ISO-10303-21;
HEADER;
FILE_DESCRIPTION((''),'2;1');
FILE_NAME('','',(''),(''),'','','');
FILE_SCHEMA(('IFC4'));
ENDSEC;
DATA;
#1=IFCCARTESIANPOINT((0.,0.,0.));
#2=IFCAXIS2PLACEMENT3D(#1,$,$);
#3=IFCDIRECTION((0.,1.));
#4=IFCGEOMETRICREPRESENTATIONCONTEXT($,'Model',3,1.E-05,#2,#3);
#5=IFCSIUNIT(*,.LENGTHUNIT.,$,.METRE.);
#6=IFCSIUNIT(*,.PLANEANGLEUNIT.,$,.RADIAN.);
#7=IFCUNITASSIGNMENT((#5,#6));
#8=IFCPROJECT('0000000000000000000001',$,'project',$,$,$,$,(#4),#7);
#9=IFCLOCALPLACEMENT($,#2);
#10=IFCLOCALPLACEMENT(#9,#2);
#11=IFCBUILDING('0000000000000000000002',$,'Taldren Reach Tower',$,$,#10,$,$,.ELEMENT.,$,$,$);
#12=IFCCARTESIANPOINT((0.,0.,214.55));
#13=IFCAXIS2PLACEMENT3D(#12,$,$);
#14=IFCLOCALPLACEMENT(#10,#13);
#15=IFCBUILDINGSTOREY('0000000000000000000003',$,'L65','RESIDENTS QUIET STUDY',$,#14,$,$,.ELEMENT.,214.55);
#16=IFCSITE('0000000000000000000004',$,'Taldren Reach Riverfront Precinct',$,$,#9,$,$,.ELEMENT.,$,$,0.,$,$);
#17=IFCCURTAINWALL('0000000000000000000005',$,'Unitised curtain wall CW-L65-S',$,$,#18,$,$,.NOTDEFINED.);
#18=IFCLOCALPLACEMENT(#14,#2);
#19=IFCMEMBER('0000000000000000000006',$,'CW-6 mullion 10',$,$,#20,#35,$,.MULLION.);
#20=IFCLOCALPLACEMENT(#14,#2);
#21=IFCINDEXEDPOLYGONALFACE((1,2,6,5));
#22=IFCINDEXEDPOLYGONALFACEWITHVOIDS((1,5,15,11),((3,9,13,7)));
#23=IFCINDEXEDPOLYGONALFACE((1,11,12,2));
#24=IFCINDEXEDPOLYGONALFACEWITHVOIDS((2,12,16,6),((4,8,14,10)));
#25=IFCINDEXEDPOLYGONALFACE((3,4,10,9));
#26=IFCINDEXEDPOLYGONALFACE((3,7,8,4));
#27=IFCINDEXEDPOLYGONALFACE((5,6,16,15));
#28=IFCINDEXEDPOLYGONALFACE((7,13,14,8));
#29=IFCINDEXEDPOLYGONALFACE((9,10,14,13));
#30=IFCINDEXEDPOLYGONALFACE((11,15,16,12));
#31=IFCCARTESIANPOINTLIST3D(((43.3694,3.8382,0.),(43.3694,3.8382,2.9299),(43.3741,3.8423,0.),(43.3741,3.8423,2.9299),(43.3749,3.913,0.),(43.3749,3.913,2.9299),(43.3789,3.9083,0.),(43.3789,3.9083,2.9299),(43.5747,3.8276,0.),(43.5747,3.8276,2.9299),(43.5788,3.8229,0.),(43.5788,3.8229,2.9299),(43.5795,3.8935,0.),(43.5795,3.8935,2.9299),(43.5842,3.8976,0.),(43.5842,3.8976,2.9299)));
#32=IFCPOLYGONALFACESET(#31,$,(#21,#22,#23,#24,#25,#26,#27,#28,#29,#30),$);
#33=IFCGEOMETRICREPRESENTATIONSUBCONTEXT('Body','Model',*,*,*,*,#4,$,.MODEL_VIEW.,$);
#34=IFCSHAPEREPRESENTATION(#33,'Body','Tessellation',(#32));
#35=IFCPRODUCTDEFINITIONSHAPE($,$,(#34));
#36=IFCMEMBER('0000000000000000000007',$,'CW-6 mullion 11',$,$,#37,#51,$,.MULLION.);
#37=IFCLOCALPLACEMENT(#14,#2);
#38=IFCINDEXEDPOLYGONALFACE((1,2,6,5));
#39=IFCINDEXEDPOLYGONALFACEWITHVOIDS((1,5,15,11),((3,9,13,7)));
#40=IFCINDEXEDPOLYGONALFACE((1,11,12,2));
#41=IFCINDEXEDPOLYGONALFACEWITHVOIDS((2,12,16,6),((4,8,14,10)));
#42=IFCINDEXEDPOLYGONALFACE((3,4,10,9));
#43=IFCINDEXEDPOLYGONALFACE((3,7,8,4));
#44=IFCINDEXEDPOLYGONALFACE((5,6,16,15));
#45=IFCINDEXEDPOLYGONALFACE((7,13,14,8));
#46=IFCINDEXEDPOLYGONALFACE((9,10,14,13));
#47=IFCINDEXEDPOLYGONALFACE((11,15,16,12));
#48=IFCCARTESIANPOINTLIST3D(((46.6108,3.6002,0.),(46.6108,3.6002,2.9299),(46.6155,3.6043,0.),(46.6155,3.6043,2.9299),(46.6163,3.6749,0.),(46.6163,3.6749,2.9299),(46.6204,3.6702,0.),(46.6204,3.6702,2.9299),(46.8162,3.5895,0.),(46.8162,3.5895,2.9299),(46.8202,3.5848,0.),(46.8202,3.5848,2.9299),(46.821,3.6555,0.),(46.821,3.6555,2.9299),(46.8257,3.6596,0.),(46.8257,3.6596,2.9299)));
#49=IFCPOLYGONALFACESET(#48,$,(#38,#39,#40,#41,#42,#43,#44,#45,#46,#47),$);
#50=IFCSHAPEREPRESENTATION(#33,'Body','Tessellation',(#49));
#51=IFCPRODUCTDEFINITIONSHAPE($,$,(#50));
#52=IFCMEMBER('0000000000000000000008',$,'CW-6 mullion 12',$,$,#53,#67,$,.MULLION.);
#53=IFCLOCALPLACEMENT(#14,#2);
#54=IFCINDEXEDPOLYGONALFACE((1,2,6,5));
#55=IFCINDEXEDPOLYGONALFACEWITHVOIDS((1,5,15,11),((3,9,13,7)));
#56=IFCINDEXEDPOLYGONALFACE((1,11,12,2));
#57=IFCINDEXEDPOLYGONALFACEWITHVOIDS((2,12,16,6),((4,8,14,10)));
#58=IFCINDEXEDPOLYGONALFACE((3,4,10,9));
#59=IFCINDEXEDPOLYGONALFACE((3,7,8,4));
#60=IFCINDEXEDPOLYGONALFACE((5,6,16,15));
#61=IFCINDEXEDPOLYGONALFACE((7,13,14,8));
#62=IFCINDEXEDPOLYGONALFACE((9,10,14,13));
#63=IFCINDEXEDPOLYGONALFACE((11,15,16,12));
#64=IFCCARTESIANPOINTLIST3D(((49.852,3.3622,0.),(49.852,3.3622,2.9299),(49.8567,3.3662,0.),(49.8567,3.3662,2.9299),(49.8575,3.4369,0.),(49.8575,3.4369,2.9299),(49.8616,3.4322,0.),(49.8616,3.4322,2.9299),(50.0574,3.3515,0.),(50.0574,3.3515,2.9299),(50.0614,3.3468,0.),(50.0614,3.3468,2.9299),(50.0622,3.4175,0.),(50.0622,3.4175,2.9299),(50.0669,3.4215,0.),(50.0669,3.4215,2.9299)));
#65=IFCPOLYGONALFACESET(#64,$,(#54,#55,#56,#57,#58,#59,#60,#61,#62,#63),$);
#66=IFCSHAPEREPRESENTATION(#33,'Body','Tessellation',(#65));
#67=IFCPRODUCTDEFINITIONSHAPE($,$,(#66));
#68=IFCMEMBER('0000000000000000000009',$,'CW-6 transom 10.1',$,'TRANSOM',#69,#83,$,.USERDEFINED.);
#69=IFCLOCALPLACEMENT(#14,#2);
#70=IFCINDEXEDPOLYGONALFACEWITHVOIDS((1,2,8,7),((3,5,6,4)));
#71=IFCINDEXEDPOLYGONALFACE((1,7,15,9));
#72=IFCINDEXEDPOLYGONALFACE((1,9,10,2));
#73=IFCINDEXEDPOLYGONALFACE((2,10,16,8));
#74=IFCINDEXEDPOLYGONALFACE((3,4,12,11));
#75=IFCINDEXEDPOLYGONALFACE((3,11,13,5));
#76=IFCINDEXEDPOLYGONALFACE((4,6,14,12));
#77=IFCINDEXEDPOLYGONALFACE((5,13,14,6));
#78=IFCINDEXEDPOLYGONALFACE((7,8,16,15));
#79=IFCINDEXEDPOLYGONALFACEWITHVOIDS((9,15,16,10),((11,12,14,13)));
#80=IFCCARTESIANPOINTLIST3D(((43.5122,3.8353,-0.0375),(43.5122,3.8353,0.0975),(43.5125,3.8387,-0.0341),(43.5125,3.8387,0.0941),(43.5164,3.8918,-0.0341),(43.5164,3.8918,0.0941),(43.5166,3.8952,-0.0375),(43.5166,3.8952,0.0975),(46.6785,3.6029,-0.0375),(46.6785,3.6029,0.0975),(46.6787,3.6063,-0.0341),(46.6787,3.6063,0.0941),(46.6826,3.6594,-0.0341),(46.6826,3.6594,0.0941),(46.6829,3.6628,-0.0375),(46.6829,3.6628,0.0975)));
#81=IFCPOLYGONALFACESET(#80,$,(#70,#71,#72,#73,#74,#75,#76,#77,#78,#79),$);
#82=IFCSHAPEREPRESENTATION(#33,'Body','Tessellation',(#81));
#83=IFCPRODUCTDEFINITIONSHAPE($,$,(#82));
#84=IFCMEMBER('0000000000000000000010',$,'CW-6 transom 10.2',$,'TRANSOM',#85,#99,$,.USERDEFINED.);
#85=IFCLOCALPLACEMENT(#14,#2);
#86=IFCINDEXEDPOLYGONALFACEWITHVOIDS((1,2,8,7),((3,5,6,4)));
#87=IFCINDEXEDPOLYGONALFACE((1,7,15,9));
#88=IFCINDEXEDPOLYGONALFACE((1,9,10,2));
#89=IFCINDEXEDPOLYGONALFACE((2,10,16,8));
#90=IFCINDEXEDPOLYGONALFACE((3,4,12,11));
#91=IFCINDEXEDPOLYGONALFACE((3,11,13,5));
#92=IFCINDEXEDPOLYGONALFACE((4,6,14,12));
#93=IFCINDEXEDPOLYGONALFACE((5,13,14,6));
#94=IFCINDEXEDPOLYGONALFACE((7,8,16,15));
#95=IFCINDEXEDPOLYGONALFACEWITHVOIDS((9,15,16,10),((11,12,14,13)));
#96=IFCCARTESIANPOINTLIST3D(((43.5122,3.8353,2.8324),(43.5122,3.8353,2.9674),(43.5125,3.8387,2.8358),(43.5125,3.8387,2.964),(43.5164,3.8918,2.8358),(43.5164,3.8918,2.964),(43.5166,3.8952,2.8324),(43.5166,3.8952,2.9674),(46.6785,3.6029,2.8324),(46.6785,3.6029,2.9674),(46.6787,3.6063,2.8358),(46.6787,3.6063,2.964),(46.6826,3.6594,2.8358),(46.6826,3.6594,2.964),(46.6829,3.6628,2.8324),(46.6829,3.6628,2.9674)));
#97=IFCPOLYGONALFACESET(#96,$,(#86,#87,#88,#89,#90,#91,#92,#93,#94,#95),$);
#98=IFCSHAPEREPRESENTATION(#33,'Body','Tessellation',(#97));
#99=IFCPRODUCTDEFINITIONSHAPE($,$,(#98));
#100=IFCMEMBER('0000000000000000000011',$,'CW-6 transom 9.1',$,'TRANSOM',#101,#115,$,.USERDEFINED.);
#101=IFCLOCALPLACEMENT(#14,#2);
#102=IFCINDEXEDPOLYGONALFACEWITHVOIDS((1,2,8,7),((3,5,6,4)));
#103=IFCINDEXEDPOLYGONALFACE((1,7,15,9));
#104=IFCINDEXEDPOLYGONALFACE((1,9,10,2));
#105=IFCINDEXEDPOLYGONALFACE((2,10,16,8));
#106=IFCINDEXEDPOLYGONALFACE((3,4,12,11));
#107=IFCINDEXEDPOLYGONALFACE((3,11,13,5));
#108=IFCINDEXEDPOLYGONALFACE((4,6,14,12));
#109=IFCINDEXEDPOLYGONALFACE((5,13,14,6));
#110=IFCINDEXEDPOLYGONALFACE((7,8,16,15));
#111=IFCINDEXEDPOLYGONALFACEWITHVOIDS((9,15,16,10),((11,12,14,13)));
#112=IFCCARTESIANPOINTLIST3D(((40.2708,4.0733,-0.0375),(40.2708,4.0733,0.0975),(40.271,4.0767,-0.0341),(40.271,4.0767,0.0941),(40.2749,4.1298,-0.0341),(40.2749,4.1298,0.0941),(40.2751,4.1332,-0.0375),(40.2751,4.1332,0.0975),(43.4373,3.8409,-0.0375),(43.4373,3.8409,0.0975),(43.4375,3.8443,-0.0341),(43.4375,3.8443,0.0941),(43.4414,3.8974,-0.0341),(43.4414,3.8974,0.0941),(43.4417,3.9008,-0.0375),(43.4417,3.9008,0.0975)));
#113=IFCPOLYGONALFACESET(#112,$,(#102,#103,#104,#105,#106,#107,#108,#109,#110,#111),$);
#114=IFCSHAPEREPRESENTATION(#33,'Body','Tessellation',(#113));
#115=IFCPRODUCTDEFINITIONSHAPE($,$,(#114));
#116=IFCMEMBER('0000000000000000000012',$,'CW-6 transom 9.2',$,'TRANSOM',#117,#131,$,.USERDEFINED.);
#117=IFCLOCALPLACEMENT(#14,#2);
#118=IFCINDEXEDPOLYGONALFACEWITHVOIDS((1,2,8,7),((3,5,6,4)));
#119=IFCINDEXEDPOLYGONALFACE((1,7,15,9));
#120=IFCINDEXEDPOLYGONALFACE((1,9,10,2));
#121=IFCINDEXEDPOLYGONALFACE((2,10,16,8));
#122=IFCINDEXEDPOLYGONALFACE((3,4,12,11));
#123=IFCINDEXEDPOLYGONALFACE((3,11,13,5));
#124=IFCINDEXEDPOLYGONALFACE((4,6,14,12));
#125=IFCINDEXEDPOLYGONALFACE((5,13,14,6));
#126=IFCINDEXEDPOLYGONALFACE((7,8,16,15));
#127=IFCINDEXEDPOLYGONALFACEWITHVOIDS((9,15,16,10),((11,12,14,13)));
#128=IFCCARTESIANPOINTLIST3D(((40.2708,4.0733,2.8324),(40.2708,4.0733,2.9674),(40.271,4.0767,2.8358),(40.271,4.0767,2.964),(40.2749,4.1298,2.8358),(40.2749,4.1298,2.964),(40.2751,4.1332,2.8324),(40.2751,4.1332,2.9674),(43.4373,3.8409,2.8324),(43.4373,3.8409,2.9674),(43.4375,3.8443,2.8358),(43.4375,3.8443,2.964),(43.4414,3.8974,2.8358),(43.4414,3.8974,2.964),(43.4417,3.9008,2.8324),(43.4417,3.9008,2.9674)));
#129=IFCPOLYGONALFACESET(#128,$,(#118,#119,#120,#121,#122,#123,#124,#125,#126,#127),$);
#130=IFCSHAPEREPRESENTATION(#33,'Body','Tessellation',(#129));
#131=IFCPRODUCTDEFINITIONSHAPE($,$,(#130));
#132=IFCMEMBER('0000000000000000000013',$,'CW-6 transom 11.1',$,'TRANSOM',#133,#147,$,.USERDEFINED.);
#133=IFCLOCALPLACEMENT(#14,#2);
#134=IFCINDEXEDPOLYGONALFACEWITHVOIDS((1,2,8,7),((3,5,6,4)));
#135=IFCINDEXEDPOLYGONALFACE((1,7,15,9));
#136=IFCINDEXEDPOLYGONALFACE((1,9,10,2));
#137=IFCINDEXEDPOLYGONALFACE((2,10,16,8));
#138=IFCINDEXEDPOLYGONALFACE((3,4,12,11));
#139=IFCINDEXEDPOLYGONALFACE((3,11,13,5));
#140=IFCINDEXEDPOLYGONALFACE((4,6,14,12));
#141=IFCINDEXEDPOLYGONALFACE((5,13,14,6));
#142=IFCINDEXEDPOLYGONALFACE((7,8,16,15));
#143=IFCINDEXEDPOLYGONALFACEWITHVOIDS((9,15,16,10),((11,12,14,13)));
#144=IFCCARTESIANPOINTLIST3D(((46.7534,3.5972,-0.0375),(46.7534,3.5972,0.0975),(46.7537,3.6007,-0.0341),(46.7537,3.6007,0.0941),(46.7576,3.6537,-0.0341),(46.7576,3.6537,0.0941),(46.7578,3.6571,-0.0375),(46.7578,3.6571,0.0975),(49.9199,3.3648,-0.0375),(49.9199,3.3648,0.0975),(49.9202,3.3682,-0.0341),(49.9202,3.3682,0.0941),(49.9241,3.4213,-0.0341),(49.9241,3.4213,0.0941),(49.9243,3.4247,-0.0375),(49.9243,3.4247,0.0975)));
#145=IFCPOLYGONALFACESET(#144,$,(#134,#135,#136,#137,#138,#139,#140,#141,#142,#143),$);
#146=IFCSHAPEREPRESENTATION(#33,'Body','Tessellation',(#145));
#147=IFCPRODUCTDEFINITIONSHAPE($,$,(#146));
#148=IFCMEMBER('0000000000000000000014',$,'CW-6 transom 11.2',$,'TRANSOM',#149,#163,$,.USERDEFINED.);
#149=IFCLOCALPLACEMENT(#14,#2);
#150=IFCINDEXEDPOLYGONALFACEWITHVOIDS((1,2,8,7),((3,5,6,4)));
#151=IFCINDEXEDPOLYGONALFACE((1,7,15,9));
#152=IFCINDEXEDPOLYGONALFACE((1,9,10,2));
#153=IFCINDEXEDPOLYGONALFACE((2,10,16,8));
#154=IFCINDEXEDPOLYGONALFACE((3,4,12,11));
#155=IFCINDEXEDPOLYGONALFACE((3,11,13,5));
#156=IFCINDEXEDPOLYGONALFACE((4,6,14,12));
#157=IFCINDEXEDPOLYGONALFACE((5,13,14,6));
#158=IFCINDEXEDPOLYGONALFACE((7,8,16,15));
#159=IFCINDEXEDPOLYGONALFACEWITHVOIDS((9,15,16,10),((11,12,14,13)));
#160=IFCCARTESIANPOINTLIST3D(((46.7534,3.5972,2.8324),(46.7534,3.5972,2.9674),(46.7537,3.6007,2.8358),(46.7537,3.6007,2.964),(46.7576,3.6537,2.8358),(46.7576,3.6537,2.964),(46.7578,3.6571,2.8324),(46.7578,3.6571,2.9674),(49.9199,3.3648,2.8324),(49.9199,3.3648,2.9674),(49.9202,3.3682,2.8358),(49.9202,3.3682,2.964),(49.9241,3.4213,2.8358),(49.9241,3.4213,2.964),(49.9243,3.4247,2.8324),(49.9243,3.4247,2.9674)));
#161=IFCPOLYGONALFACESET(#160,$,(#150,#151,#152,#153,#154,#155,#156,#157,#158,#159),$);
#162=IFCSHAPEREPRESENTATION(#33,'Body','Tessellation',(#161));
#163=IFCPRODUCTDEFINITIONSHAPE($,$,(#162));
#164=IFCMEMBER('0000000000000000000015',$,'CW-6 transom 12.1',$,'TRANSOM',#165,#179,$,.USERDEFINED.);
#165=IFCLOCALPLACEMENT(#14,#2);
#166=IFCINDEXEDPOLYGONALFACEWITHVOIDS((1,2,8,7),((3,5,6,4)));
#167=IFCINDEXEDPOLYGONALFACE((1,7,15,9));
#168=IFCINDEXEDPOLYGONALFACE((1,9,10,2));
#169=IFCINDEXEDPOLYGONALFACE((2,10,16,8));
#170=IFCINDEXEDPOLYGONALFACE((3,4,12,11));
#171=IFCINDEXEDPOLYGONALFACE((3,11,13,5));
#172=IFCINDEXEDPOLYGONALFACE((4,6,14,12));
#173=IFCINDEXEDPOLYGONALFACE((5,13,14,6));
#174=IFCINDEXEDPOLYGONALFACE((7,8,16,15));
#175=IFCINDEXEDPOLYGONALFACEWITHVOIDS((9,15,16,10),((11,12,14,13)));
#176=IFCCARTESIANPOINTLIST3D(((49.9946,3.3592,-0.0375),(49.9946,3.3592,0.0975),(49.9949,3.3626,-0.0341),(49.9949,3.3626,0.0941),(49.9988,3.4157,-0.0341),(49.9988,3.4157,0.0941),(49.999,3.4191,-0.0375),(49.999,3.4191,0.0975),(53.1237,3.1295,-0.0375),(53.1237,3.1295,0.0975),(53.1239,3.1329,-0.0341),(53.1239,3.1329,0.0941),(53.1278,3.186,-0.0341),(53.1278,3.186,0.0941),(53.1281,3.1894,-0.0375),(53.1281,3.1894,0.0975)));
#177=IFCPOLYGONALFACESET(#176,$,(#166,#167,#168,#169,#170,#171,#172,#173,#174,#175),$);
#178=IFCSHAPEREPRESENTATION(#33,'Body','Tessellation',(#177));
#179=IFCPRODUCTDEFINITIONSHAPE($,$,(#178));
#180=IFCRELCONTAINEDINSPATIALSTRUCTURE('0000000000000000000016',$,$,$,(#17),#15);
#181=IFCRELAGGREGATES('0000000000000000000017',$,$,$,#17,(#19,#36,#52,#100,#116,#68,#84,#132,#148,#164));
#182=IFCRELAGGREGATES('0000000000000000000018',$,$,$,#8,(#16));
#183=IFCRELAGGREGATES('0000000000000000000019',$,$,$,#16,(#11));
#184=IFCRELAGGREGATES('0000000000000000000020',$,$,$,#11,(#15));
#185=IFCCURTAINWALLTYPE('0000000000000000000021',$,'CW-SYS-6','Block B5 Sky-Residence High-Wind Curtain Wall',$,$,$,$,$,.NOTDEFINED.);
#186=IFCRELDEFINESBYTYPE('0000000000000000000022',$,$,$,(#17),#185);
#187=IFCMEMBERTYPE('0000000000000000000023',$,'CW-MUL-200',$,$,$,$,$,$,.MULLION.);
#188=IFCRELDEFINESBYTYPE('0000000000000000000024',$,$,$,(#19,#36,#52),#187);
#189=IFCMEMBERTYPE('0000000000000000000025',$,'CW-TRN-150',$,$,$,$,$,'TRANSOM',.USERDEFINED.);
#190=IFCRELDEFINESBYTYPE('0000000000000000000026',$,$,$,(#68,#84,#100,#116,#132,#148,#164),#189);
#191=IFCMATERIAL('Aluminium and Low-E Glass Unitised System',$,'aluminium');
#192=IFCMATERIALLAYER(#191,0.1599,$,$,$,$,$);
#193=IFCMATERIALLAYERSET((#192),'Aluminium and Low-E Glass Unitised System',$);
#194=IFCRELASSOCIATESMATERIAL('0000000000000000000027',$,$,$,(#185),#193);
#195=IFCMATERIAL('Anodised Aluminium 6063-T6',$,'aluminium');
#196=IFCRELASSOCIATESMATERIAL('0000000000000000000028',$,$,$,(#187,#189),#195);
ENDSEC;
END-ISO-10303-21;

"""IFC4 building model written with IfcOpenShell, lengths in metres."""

from ifc_helpers import new_model, si_unit, direction, frame, origin, origin_2d, place, context, subcontext, project, spatial, hollow_rectangle, extrude, source, transform, mapped, material, layer, layer_set, material_profile, profile_set, type_object, element, aggregate, save


model = new_model("IFC4")

# Units and contexts
model_context = context("Model", 3, precision=1e-05, world=origin(), true_north=direction((0.0, 1.0)))
body_context = subcontext(model_context, "Body", "Model", "MODEL_VIEW")
ifc_project = project(units=[si_unit("LENGTHUNIT", "METRE"), si_unit("PLANEANGLEUNIT", "RADIAN")], contexts=[model_context])

# Site, building, storey
site_placement = place(None, origin())
site = spatial("IfcSite", under=ifc_project, at=site_placement, Name="Taldren Reach Riverfront Precinct", CompositionType="ELEMENT", RefElevation=0.0)
building_placement = place(site_placement, origin())
building = spatial("IfcBuilding", under=site, at=building_placement, Name="Taldren Reach Tower", CompositionType="ELEMENT")
storey_placement = place(building_placement, frame((0.0, 0.0, 214.55)))
storey = spatial("IfcBuildingStorey", under=building, at=storey_placement, Name="L65", Description="RESIDENTS QUIET STUDY", CompositionType="ELEMENT", Elevation=214.55)

# Curtain wall, members
ifc_material_1 = material(Name="Aluminium and Low-E Glass Unitised System", Category="aluminium")
ifc_layer_1 = layer(ifc_material_1, 0.1599)
ifc_layer_set_1 = layer_set([ifc_layer_1], Name="Aluminium and Low-E Glass Unitised System")
curtain_wall_type = type_object("IfcCurtainWallType", Name="CW-SYS-6", Description="Block B5 Sky-Residence High-Wind Curtain Wall", PredefinedType="NOTDEFINED", material=ifc_layer_set_1)
curtain_wall_placement = place(storey_placement, origin())
curtain_wall = element("IfcCurtainWall", 1, at=curtain_wall_placement, inside=storey, type_object=curtain_wall_type, Name="Unitised curtain wall CW-L65-S", PredefinedType="NOTDEFINED")
ifc_material_2 = material(Name="Anodised Aluminium 6063-T6", Category="aluminium")
ifc_material_profile_1 = material_profile(ifc_material_2, hollow_rectangle(XDim=0.075, YDim=0.21, WallThickness=0.0044, at=origin_2d()), Name="ALU-210x75x4.5RHS")
ifc_profile_set_1 = profile_set([ifc_material_profile_1], Name="Anodised Aluminium 6063-T6")
member_type_1 = type_object("IfcMemberType", Name="CW-MUL-200", PredefinedType="MULLION", material=ifc_profile_set_1)
shared_shape_1 = source(origin(), body_context, "Body", "SweptSolid", [
    extrude(hollow_rectangle(XDim=0.075, YDim=0.21, WallThickness=0.0044, at=origin_2d()), origin(), (0.0, 0.0, 1.0), 2.9299),
])
member_1_placement = place(storey_placement, frame((43.4768, 3.8679, 0.0), z_axis=(0.0, 0.0, 1.0), x_axis=(0.073238, 0.997314, 0.0)))
member_1 = element("IfcMember", 2, at=member_1_placement, type_object=member_type_1, Name="CW-6 mullion 10", PredefinedType="MULLION", context=body_context, shape_type="MappedRepresentation", body=[
    mapped(shared_shape_1, transform((0.0, 0.0, 0.0), scale=1.0)),
])
member_2_placement = place(storey_placement, frame((46.7183, 3.6299, 0.0), z_axis=(0.0, 0.0, 1.0), x_axis=(0.073238, 0.997314, 0.0)))
member_2 = element("IfcMember", 3, at=member_2_placement, type_object=member_type_1, Name="CW-6 mullion 11", PredefinedType="MULLION", context=body_context, shape_type="MappedRepresentation", body=[
    mapped(shared_shape_1, transform((0.0, 0.0, 0.0), scale=1.0)),
])
member_3_placement = place(storey_placement, frame((49.9595, 3.3918, 0.0), z_axis=(0.0, 0.0, 1.0), x_axis=(0.073238, 0.997314, 0.0)))
member_3 = element("IfcMember", 4, at=member_3_placement, type_object=member_type_1, Name="CW-6 mullion 12", PredefinedType="MULLION", context=body_context, shape_type="MappedRepresentation", body=[
    mapped(shared_shape_1, transform((0.0, 0.0, 0.0), scale=1.0)),
])
ifc_material_profile_2 = material_profile(ifc_material_2, hollow_rectangle(XDim=0.0601, YDim=0.135, WallThickness=0.0034, at=origin_2d()), Name="ALU-135x60x3.5RHS")
ifc_profile_set_2 = profile_set([ifc_material_profile_2], Name="Anodised Aluminium 6063-T6")
member_type_2 = type_object("IfcMemberType", Name="CW-TRN-150", ElementType="TRANSOM", PredefinedType="USERDEFINED", material=ifc_profile_set_2)
shared_shape_2 = source(origin(), body_context, "Body", "SweptSolid", [
    extrude(hollow_rectangle(XDim=0.0601, YDim=0.135, WallThickness=0.0034, at=origin_2d()), origin(), (0.0, 0.0, 1.0), 3.1748),
])
member_4_placement = place(storey_placement, frame((43.5144, 3.8652, 0.03), z_axis=(0.997317, -0.073209, 0.0), x_axis=(0.073209, 0.997317, 0.0)))
member_4 = element("IfcMember", 5, at=member_4_placement, type_object=member_type_2, Name="CW-6 transom 10.1", ObjectType="TRANSOM", PredefinedType="USERDEFINED", context=body_context, shape_type="MappedRepresentation", body=[
    mapped(shared_shape_2, transform((0.0, 0.0, 0.0), scale=1.0)),
])
member_5_placement = place(storey_placement, frame((43.5144, 3.8652, 2.8999), z_axis=(0.997317, -0.073209, 0.0), x_axis=(0.073209, 0.997317, 0.0)))
member_5 = element("IfcMember", 6, at=member_5_placement, type_object=member_type_2, Name="CW-6 transom 10.2", ObjectType="TRANSOM", PredefinedType="USERDEFINED", context=body_context, shape_type="MappedRepresentation", body=[
    mapped(shared_shape_2, transform((0.0, 0.0, 0.0), scale=1.0)),
])
shared_shape_3 = source(origin(), body_context, "Body", "SweptSolid", [
    extrude(hollow_rectangle(XDim=0.0601, YDim=0.135, WallThickness=0.0034, at=origin_2d()), origin(), (0.0, 0.0, 1.0), 3.175),
])
member_6_placement = place(storey_placement, frame((40.2729, 4.1033, 0.03), z_axis=(0.997317, -0.073203, 0.0), x_axis=(0.073203, 0.997317, 0.0)))
member_6 = element("IfcMember", 7, at=member_6_placement, type_object=member_type_2, Name="CW-6 transom 9.1", ObjectType="TRANSOM", PredefinedType="USERDEFINED", context=body_context, shape_type="MappedRepresentation", body=[
    mapped(shared_shape_3, transform((0.0, 0.0, 0.0), scale=1.0)),
])
member_7_placement = place(storey_placement, frame((40.2729, 4.1033, 2.8999), z_axis=(0.997317, -0.073203, 0.0), x_axis=(0.073203, 0.997317, 0.0)))
member_7 = element("IfcMember", 8, at=member_7_placement, type_object=member_type_2, Name="CW-6 transom 9.2", ObjectType="TRANSOM", PredefinedType="USERDEFINED", context=body_context, shape_type="MappedRepresentation", body=[
    mapped(shared_shape_3, transform((0.0, 0.0, 0.0), scale=1.0)),
])
member_8_placement = place(storey_placement, frame((46.7556, 3.6272, 0.03), z_axis=(0.997317, -0.073203, 0.0), x_axis=(0.073203, 0.997317, 0.0)))
member_8 = element("IfcMember", 9, at=member_8_placement, type_object=member_type_2, Name="CW-6 transom 11.1", ObjectType="TRANSOM", PredefinedType="USERDEFINED", context=body_context, shape_type="MappedRepresentation", body=[
    mapped(shared_shape_3, transform((0.0, 0.0, 0.0), scale=1.0)),
])
member_9_placement = place(storey_placement, frame((46.7556, 3.6272, 2.8999), z_axis=(0.997317, -0.073203, 0.0), x_axis=(0.073203, 0.997317, 0.0)))
member_9 = element("IfcMember", 10, at=member_9_placement, type_object=member_type_2, Name="CW-6 transom 11.2", ObjectType="TRANSOM", PredefinedType="USERDEFINED", context=body_context, shape_type="MappedRepresentation", body=[
    mapped(shared_shape_3, transform((0.0, 0.0, 0.0), scale=1.0)),
])
shared_shape_4 = source(origin(), body_context, "Body", "SweptSolid", [
    extrude(hollow_rectangle(XDim=0.0601, YDim=0.135, WallThickness=0.0034, at=origin_2d()), origin(), (0.0, 0.0, 1.0), 3.1375),
])
member_10_placement = place(storey_placement, frame((49.9968, 3.3892, 0.03), z_axis=(0.997316, -0.073221, 0.0), x_axis=(0.073221, 0.997316, 0.0)))
member_10 = element("IfcMember", 11, at=member_10_placement, type_object=member_type_2, Name="CW-6 transom 12.1", ObjectType="TRANSOM", PredefinedType="USERDEFINED", context=body_context, shape_type="MappedRepresentation", body=[
    mapped(shared_shape_4, transform((0.0, 0.0, 0.0), scale=1.0)),
])

aggregate(curtain_wall, [member_1, member_2, member_3, member_6, member_7, member_4, member_5, member_8, member_9, member_10])

save(model, "model.ifc")
